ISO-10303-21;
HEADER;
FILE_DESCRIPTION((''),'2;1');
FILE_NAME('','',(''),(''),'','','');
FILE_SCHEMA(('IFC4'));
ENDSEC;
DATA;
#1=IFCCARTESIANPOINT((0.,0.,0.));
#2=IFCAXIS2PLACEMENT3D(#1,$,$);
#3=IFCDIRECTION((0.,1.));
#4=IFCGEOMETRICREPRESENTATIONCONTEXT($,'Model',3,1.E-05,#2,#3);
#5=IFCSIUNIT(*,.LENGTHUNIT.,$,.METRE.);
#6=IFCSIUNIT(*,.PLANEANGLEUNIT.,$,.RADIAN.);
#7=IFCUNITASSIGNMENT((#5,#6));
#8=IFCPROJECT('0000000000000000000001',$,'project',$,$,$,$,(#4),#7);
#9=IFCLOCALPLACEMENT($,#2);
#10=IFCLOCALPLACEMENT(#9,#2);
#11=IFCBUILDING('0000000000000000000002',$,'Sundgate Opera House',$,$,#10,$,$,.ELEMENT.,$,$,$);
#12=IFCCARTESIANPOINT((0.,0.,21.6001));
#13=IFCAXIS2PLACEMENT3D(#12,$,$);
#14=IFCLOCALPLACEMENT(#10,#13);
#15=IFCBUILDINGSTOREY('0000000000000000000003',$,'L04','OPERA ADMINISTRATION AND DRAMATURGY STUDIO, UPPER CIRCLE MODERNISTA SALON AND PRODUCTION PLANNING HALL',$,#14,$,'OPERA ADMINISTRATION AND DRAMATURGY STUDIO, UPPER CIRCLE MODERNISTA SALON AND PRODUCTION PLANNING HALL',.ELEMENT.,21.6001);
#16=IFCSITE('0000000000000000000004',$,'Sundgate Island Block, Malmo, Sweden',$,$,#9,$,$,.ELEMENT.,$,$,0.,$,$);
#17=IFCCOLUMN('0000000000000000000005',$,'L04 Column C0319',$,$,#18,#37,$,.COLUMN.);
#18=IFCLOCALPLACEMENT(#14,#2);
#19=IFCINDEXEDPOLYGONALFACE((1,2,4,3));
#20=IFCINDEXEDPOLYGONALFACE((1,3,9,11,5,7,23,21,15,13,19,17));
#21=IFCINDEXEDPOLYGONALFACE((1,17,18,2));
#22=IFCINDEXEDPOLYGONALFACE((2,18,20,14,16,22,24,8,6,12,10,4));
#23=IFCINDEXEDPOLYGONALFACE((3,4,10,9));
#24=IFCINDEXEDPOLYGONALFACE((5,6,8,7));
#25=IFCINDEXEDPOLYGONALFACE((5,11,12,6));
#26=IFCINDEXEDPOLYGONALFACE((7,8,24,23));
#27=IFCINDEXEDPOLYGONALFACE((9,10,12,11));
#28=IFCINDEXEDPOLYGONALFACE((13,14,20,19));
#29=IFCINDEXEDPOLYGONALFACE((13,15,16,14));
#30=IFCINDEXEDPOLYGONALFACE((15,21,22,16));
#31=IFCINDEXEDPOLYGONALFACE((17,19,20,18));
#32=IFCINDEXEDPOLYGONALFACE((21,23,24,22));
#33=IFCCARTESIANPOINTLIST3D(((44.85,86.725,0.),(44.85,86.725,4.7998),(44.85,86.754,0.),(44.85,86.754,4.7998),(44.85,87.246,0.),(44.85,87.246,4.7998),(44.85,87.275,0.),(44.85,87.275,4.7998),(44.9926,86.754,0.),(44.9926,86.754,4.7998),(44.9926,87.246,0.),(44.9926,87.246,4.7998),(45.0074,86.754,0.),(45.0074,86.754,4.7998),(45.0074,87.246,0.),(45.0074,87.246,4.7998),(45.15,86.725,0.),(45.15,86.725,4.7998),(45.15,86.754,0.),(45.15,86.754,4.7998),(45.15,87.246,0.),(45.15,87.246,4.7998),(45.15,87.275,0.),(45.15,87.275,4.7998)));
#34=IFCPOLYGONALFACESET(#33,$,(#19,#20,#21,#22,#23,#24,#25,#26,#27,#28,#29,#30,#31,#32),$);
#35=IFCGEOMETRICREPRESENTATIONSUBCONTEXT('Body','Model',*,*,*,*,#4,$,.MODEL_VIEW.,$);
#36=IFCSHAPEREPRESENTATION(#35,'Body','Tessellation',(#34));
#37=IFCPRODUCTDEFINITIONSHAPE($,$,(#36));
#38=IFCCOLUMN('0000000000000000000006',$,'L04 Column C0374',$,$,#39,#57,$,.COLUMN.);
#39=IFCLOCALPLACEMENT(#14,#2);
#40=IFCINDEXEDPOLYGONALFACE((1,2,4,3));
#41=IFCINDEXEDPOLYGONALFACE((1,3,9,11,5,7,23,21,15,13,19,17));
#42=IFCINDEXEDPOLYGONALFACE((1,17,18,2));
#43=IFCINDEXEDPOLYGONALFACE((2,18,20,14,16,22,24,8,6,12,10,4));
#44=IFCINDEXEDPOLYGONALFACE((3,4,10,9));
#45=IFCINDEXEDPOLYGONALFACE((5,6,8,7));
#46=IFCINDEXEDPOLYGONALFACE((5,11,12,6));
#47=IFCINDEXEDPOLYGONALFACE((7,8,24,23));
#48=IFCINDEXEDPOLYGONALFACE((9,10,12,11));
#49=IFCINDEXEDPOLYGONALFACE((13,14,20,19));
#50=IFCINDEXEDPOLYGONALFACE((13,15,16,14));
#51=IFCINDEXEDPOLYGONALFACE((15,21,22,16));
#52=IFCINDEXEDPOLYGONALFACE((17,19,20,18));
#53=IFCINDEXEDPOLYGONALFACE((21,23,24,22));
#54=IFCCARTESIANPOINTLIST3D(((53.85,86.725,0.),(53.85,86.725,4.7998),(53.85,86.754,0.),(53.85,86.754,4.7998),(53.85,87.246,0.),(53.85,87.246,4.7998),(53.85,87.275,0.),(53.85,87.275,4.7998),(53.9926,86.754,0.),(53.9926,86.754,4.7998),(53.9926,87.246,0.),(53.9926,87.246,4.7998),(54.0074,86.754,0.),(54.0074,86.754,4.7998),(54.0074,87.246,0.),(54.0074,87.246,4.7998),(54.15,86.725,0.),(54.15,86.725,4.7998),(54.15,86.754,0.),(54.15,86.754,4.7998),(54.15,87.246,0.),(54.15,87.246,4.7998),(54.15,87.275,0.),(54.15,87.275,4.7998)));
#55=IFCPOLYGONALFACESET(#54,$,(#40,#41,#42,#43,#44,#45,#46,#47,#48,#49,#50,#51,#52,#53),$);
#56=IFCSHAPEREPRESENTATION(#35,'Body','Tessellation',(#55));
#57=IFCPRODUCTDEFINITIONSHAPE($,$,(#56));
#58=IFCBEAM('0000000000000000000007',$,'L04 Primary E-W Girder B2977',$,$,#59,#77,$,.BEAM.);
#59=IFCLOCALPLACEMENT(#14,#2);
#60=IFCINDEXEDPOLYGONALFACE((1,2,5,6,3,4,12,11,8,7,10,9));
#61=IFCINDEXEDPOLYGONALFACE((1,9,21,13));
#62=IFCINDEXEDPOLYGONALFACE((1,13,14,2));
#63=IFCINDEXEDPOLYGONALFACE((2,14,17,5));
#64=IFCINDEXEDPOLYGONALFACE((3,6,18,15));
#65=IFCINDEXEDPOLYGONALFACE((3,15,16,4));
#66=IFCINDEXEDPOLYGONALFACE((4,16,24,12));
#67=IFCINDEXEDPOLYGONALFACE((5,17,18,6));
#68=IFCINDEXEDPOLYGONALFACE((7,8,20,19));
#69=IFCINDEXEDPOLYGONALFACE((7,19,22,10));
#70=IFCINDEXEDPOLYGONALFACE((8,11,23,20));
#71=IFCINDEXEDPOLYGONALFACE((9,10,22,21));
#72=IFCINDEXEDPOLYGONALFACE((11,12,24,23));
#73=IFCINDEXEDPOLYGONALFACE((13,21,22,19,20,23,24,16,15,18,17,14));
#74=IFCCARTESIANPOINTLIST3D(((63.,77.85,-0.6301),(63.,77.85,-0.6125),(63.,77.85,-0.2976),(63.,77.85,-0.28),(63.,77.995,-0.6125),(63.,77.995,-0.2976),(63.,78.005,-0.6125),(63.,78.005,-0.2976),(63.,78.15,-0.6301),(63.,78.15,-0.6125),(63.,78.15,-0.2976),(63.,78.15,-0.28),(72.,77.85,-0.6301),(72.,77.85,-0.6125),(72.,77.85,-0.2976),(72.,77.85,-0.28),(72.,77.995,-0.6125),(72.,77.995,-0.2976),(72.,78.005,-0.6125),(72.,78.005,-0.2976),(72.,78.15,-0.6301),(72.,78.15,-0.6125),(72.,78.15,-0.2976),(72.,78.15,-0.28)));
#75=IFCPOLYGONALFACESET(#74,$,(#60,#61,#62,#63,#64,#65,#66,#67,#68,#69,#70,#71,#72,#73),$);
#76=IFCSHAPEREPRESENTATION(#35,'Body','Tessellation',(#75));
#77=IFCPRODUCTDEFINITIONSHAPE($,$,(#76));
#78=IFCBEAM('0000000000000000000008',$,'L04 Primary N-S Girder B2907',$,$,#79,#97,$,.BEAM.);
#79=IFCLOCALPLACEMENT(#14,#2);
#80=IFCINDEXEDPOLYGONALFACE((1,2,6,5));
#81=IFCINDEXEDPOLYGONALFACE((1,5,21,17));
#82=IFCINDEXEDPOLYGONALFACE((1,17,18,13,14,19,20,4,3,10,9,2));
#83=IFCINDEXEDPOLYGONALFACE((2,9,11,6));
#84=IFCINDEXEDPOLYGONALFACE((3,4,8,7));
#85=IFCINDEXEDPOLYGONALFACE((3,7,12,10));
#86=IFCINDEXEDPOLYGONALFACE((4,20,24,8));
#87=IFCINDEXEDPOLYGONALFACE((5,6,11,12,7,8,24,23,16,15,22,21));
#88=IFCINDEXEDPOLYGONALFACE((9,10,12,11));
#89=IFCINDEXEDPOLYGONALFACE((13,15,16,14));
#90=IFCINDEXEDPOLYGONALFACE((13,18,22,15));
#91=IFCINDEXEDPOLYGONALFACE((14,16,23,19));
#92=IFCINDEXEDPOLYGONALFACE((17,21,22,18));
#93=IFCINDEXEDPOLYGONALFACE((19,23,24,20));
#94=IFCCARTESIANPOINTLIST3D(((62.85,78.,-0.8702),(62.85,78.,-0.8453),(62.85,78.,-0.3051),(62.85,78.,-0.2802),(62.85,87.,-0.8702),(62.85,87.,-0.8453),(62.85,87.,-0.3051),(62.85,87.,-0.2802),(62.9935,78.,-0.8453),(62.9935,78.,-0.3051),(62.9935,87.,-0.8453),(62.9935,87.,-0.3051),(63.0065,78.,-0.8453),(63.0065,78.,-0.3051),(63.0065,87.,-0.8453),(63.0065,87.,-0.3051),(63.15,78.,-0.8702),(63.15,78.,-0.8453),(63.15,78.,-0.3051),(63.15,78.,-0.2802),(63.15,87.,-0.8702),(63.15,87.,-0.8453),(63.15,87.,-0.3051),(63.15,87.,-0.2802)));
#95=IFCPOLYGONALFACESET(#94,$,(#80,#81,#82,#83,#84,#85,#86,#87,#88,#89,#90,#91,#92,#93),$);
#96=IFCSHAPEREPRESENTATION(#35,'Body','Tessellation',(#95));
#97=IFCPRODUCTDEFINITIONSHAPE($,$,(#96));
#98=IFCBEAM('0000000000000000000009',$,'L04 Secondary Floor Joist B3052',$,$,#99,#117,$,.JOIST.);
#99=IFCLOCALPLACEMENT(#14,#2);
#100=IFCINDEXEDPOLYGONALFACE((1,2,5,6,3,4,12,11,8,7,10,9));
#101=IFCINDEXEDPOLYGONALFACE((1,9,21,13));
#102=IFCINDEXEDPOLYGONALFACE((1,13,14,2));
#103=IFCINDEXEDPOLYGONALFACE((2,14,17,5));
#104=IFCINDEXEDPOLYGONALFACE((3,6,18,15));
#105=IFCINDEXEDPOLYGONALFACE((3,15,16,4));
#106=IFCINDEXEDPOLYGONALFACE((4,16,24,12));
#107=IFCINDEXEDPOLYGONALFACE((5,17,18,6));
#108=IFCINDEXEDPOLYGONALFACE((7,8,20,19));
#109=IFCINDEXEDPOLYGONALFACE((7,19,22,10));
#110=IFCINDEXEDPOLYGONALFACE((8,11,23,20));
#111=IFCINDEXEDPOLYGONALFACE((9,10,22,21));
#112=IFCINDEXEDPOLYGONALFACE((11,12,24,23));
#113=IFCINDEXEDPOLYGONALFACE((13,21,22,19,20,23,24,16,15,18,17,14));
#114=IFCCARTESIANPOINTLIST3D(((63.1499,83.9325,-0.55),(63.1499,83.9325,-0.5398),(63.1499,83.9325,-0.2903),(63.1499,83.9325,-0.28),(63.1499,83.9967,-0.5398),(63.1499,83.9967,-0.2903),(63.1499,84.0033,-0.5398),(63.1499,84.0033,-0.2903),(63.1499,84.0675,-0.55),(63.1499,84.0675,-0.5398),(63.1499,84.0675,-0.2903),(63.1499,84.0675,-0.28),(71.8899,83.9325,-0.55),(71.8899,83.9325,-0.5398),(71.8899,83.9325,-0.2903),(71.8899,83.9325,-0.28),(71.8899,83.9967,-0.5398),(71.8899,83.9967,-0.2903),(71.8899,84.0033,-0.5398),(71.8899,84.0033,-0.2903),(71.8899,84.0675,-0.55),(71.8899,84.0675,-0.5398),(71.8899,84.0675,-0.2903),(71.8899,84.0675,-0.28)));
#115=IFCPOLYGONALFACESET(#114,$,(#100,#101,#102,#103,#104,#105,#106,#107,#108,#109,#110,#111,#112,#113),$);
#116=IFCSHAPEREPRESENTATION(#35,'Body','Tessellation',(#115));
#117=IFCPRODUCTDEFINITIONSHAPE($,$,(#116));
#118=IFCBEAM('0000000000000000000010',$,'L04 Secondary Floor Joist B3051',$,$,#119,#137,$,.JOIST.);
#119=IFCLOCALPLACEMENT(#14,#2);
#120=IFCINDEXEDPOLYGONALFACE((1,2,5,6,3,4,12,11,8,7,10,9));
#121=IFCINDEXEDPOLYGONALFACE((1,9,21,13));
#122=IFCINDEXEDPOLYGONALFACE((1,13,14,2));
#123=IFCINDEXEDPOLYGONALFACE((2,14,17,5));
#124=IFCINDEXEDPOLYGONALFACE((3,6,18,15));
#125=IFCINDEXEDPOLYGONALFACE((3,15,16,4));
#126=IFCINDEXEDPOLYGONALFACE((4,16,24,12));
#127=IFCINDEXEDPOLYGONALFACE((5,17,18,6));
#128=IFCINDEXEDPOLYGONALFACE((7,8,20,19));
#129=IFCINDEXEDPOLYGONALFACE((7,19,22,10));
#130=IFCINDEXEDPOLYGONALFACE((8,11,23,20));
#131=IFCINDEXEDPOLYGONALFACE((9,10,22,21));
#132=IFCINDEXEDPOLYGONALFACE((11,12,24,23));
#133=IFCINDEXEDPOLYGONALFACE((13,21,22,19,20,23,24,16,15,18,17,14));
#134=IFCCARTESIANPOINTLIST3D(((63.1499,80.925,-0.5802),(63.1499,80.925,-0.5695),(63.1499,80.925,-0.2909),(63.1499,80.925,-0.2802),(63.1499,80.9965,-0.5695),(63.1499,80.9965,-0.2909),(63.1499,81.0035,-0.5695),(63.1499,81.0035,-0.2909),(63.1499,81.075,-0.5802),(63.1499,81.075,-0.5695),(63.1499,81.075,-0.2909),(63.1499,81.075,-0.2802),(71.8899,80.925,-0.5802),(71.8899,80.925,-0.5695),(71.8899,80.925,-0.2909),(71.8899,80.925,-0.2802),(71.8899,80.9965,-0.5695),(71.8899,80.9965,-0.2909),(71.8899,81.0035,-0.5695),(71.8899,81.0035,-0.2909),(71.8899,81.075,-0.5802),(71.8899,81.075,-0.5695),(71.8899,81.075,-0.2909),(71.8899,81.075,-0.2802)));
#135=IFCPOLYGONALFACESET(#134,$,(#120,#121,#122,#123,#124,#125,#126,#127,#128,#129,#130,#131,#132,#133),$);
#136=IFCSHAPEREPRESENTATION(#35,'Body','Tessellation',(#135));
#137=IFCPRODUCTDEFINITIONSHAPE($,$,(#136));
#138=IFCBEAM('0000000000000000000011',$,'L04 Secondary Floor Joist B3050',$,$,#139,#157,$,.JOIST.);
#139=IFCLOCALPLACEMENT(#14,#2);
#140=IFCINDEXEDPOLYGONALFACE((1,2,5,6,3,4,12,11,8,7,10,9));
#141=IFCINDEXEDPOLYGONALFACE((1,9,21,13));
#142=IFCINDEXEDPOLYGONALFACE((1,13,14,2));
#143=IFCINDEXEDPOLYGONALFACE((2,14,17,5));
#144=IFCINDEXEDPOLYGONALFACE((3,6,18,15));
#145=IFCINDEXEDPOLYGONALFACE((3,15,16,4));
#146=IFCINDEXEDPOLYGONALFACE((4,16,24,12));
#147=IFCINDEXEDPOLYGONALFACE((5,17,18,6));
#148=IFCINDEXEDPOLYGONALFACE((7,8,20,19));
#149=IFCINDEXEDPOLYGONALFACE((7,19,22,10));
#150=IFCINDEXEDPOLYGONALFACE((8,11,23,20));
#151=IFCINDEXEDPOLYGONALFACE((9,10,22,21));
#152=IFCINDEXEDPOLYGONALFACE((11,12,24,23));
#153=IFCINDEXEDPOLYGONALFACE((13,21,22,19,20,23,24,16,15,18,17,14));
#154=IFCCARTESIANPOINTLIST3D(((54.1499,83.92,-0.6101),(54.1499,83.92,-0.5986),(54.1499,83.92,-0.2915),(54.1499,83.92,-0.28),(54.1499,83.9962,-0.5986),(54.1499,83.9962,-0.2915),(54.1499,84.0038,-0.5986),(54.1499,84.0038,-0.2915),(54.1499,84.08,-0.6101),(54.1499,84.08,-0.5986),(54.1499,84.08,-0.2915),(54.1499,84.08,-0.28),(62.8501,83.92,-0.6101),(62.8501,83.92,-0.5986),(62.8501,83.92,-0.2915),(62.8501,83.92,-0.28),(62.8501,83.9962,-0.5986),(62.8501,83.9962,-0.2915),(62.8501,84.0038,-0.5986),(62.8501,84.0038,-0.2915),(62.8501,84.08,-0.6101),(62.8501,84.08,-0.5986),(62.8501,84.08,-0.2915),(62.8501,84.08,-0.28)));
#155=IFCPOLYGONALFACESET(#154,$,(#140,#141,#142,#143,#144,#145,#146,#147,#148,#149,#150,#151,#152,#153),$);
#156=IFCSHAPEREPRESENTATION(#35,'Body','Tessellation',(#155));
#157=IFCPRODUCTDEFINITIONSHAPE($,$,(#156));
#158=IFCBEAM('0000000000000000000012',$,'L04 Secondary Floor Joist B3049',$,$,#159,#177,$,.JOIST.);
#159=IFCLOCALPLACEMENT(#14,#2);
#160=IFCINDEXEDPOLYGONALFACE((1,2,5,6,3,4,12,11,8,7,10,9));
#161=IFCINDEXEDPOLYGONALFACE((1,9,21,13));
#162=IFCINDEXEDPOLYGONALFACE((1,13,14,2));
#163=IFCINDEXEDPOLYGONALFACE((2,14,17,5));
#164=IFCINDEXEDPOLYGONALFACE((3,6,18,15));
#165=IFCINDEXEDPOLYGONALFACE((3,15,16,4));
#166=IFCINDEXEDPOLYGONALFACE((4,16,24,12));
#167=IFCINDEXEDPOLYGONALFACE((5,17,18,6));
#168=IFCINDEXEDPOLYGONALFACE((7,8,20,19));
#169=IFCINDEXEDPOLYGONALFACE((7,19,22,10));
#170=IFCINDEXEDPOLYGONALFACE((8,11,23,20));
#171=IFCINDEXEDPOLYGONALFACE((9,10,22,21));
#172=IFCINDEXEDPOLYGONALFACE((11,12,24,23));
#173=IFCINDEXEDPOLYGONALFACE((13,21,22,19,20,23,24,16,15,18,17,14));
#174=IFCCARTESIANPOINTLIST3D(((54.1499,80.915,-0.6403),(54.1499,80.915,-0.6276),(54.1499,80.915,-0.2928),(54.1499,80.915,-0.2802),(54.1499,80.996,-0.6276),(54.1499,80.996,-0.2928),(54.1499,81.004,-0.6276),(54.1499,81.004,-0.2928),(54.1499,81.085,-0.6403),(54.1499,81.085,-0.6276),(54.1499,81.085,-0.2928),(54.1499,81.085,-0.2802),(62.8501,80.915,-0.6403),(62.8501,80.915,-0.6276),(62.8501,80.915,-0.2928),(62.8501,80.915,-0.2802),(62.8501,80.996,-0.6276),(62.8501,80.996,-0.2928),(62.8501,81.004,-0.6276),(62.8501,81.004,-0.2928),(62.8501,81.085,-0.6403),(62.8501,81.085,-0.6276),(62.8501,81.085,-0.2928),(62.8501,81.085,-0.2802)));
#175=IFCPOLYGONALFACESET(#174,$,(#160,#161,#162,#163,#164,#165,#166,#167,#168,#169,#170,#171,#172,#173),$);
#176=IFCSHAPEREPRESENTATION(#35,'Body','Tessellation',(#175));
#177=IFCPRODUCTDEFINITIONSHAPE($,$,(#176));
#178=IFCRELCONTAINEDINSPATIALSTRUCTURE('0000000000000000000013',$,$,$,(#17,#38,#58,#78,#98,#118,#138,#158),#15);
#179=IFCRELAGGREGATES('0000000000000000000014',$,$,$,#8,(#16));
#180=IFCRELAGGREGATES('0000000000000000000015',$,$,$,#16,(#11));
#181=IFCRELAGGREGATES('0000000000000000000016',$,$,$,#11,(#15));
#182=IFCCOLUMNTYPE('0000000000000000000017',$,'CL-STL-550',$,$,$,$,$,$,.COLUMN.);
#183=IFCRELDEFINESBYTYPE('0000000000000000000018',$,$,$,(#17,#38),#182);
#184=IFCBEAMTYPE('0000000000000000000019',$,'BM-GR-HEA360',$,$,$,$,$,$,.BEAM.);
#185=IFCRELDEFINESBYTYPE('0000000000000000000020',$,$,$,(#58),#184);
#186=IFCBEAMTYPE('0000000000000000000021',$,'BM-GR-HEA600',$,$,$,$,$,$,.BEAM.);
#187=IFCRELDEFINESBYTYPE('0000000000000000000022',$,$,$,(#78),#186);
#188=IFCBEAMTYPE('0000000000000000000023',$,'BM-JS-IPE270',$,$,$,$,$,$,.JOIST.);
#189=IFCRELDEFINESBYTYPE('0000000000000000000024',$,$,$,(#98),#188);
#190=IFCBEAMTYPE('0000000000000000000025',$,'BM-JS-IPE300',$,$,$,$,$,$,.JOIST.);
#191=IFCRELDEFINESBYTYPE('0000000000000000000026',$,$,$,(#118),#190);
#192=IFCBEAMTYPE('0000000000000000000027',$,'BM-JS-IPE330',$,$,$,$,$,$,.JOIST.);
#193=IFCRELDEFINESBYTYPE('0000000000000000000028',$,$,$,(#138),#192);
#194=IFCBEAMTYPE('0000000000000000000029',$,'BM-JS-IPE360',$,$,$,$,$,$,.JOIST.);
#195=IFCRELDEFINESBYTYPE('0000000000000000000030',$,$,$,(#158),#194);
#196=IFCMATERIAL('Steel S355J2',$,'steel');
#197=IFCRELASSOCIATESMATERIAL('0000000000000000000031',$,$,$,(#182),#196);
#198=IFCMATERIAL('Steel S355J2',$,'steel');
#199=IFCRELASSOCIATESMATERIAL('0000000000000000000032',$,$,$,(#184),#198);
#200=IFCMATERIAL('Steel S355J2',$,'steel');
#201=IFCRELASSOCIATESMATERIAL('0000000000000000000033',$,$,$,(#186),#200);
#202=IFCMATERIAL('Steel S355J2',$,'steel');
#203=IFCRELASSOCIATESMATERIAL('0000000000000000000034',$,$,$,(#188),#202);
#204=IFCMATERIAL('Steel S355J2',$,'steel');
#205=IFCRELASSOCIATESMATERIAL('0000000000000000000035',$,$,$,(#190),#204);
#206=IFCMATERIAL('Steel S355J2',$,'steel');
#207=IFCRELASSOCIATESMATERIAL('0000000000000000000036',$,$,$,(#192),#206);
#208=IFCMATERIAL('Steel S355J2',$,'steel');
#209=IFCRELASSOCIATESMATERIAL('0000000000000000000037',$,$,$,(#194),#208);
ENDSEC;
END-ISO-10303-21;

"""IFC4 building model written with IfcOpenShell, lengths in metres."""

from ifc_helpers import new_model, si_unit, direction, frame, origin, origin_2d, place, context, subcontext, project, spatial, i_section, extrude, material, material_profile, profile_set, type_object, element, save


model = new_model("IFC4")

# Units and contexts
model_context = context("Model", 3, precision=1e-05, world=origin(), true_north=direction((0.0, 1.0)))
body_context = subcontext(model_context, "Body", "Model", "MODEL_VIEW")
ifc_project = project(units=[si_unit("LENGTHUNIT", "METRE"), si_unit("PLANEANGLEUNIT", "RADIAN")], contexts=[model_context])

# Site, building, storey
site_placement = place(None, origin())
site = spatial("IfcSite", under=ifc_project, at=site_placement, Name="Sundgate Island Block, Malmo, Sweden", CompositionType="ELEMENT", RefElevation=0.0)
building_placement = place(site_placement, origin())
building = spatial("IfcBuilding", under=site, at=building_placement, Name="Sundgate Opera House", CompositionType="ELEMENT")
storey_placement = place(building_placement, frame((0.0, 0.0, 21.6001)))
storey = spatial("IfcBuildingStorey", under=building, at=storey_placement, Name="L04", Description="OPERA ADMINISTRATION AND DRAMATURGY STUDIO, UPPER CIRCLE MODERNISTA SALON AND PRODUCTION PLANNING HALL", LongName="OPERA ADMINISTRATION AND DRAMATURGY STUDIO, UPPER CIRCLE MODERNISTA SALON AND PRODUCTION PLANNING HALL", CompositionType="ELEMENT", Elevation=21.6001)

# Columns
ifc_material_1 = material(Name="Steel S355J2", Category="steel")
ifc_material_profile_1 = material_profile(ifc_material_1, i_section(OverallWidth=0.3, OverallDepth=0.55, WebThickness=0.0149, FlangeThickness=0.0291, at=origin_2d()), Name="HEB 550")
ifc_profile_set_1 = profile_set([ifc_material_profile_1], Name="Steel S355J2")
column_type = type_object("IfcColumnType", Name="CL-STL-550", PredefinedType="COLUMN", material=ifc_profile_set_1)
for number, where, z_axis, x_axis, name in (
    (1, (45.0, 87.0, 0.0), (0.0, 0.0, 1.0), (1.0, 0.0, 0.0), "L04 Column C0319"),
    (2, (54.0, 87.0, 0.0), (0.0, 0.0, 1.0), (1.0, 0.0, 0.0), "L04 Column C0374"),
):
    element("IfcColumn", number, at=place(storey_placement, frame(where, z_axis=z_axis, x_axis=x_axis)), inside=storey, type_object=column_type, Name=name, PredefinedType="COLUMN", context=body_context, shape_type="SweptSolid", body=[
        extrude(i_section(OverallWidth=0.3, OverallDepth=0.55, WebThickness=0.0149, FlangeThickness=0.0291, at=origin_2d()), origin(), (0.0, 0.0, 1.0), 4.7998),
    ])

# Beams
ifc_material_2 = material(Name="Steel S355J2", Category="steel")
ifc_material_profile_2 = material_profile(ifc_material_2, i_section(OverallWidth=0.3, OverallDepth=0.3501, WebThickness=0.01, FlangeThickness=0.0176, at=origin_2d()), Name="HEA 360")
ifc_profile_set_2 = profile_set([ifc_material_profile_2], Name="Steel S355J2")
beam_type_1 = type_object("IfcBeamType", Name="BM-GR-HEA360", PredefinedType="BEAM", material=ifc_profile_set_2)
beam_1_placement = place(storey_placement, frame((63.0, 78.0, -0.4551), z_axis=(1.0, 0.0, 0.0), x_axis=(0.0, 1.0, 0.0)))
element("IfcBeam", 3, at=beam_1_placement, inside=storey, type_object=beam_type_1, Name="L04 Primary E-W Girder B2977", PredefinedType="BEAM", context=body_context, shape_type="SweptSolid", body=[
    extrude(i_section(OverallWidth=0.3, OverallDepth=0.3501, WebThickness=0.01, FlangeThickness=0.0176, at=origin_2d()), origin(), (0.0, 0.0, 1.0), 9.0),
])
ifc_material_3 = material(Name="Steel S355J2", Category="steel")
ifc_material_profile_3 = material_profile(ifc_material_3, i_section(OverallWidth=0.3, OverallDepth=0.5901, WebThickness=0.0129, FlangeThickness=0.0249, at=origin_2d()), Name="HEA 600")
ifc_profile_set_3 = profile_set([ifc_material_profile_3], Name="Steel S355J2")
beam_type_2 = type_object("IfcBeamType", Name="BM-GR-HEA600", PredefinedType="BEAM", material=ifc_profile_set_3)
beam_2_placement = place(storey_placement, frame((63.0, 78.0, -0.5752), z_axis=(0.0, 1.0, 0.0), x_axis=(-1.0, 0.0, 0.0)))
element("IfcBeam", 4, at=beam_2_placement, inside=storey, type_object=beam_type_2, Name="L04 Primary N-S Girder B2907", PredefinedType="BEAM", context=body_context, shape_type="SweptSolid", body=[
    extrude(i_section(OverallWidth=0.3, OverallDepth=0.5901, WebThickness=0.0129, FlangeThickness=0.0249, at=origin_2d()), origin(), (0.0, 0.0, 1.0), 9.0),
])
ifc_material_4 = material(Name="Steel S355J2", Category="steel")
ifc_material_profile_4 = material_profile(ifc_material_4, i_section(OverallWidth=0.135, OverallDepth=0.27, WebThickness=0.0066, FlangeThickness=0.0103, at=origin_2d()), Name="IPE 270")
ifc_profile_set_4 = profile_set([ifc_material_profile_4], Name="Steel S355J2")
beam_type_3 = type_object("IfcBeamType", Name="BM-JS-IPE270", PredefinedType="JOIST", material=ifc_profile_set_4)
beam_3_placement = place(storey_placement, frame((63.1499, 84.0, -0.415), z_axis=(1.0, 0.0, 0.0), x_axis=(0.0, 1.0, 0.0)))
element("IfcBeam", 5, at=beam_3_placement, inside=storey, type_object=beam_type_3, Name="L04 Secondary Floor Joist B3052", PredefinedType="JOIST", context=body_context, shape_type="SweptSolid", body=[
    extrude(i_section(OverallWidth=0.135, OverallDepth=0.27, WebThickness=0.0066, FlangeThickness=0.0103, at=origin_2d()), origin(), (0.0, 0.0, 1.0), 8.74),
])
ifc_material_5 = material(Name="Steel S355J2", Category="steel")
ifc_material_profile_5 = material_profile(ifc_material_5, i_section(OverallWidth=0.1499, OverallDepth=0.3, WebThickness=0.0071, FlangeThickness=0.0107, at=origin_2d()), Name="IPE 300")
ifc_profile_set_5 = profile_set([ifc_material_profile_5], Name="Steel S355J2")
beam_type_4 = type_object("IfcBeamType", Name="BM-JS-IPE300", PredefinedType="JOIST", material=ifc_profile_set_5)
beam_4_placement = place(storey_placement, frame((63.1499, 81.0, -0.4302), z_axis=(1.0, 0.0, 0.0), x_axis=(0.0, 1.0, 0.0)))
element("IfcBeam", 6, at=beam_4_placement, inside=storey, type_object=beam_type_4, Name="L04 Secondary Floor Joist B3051", PredefinedType="JOIST", context=body_context, shape_type="SweptSolid", body=[
    extrude(i_section(OverallWidth=0.1499, OverallDepth=0.3, WebThickness=0.0071, FlangeThickness=0.0107, at=origin_2d()), origin(), (0.0, 0.0, 1.0), 8.74),
])
ifc_material_6 = material(Name="Steel S355J2", Category="steel")
ifc_material_profile_6 = material_profile(ifc_material_6, i_section(OverallWidth=0.1599, OverallDepth=0.3301, WebThickness=0.0076, FlangeThickness=0.0115, at=origin_2d()), Name="IPE 330")
ifc_profile_set_6 = profile_set([ifc_material_profile_6], Name="Steel S355J2")
beam_type_5 = type_object("IfcBeamType", Name="BM-JS-IPE330", PredefinedType="JOIST", material=ifc_profile_set_6)
beam_5_placement = place(storey_placement, frame((54.1499, 84.0, -0.4451), z_axis=(1.0, 0.0, 0.0), x_axis=(0.0, 1.0, 0.0)))
element("IfcBeam", 7, at=beam_5_placement, inside=storey, type_object=beam_type_5, Name="L04 Secondary Floor Joist B3050", PredefinedType="JOIST", context=body_context, shape_type="SweptSolid", body=[
    extrude(i_section(OverallWidth=0.1599, OverallDepth=0.3301, WebThickness=0.0076, FlangeThickness=0.0115, at=origin_2d()), origin(), (0.0, 0.0, 1.0), 8.7002),
])
ifc_material_7 = material(Name="Steel S355J2", Category="steel")
ifc_material_profile_7 = material_profile(ifc_material_7, i_section(OverallWidth=0.1699, OverallDepth=0.3601, WebThickness=0.0081, FlangeThickness=0.0127, at=origin_2d()), Name="IPE 360")
ifc_profile_set_7 = profile_set([ifc_material_profile_7], Name="Steel S355J2")
beam_type_6 = type_object("IfcBeamType", Name="BM-JS-IPE360", PredefinedType="JOIST", material=ifc_profile_set_7)
beam_6_placement = place(storey_placement, frame((54.1499, 81.0, -0.4602), z_axis=(1.0, 0.0, 0.0), x_axis=(0.0, 1.0, 0.0)))
element("IfcBeam", 8, at=beam_6_placement, inside=storey, type_object=beam_type_6, Name="L04 Secondary Floor Joist B3049", PredefinedType="JOIST", context=body_context, shape_type="SweptSolid", body=[
    extrude(i_section(OverallWidth=0.1699, OverallDepth=0.3601, WebThickness=0.0081, FlangeThickness=0.0127, at=origin_2d()), origin(), (0.0, 0.0, 1.0), 8.7002),
])

save(model, "model.ifc")
